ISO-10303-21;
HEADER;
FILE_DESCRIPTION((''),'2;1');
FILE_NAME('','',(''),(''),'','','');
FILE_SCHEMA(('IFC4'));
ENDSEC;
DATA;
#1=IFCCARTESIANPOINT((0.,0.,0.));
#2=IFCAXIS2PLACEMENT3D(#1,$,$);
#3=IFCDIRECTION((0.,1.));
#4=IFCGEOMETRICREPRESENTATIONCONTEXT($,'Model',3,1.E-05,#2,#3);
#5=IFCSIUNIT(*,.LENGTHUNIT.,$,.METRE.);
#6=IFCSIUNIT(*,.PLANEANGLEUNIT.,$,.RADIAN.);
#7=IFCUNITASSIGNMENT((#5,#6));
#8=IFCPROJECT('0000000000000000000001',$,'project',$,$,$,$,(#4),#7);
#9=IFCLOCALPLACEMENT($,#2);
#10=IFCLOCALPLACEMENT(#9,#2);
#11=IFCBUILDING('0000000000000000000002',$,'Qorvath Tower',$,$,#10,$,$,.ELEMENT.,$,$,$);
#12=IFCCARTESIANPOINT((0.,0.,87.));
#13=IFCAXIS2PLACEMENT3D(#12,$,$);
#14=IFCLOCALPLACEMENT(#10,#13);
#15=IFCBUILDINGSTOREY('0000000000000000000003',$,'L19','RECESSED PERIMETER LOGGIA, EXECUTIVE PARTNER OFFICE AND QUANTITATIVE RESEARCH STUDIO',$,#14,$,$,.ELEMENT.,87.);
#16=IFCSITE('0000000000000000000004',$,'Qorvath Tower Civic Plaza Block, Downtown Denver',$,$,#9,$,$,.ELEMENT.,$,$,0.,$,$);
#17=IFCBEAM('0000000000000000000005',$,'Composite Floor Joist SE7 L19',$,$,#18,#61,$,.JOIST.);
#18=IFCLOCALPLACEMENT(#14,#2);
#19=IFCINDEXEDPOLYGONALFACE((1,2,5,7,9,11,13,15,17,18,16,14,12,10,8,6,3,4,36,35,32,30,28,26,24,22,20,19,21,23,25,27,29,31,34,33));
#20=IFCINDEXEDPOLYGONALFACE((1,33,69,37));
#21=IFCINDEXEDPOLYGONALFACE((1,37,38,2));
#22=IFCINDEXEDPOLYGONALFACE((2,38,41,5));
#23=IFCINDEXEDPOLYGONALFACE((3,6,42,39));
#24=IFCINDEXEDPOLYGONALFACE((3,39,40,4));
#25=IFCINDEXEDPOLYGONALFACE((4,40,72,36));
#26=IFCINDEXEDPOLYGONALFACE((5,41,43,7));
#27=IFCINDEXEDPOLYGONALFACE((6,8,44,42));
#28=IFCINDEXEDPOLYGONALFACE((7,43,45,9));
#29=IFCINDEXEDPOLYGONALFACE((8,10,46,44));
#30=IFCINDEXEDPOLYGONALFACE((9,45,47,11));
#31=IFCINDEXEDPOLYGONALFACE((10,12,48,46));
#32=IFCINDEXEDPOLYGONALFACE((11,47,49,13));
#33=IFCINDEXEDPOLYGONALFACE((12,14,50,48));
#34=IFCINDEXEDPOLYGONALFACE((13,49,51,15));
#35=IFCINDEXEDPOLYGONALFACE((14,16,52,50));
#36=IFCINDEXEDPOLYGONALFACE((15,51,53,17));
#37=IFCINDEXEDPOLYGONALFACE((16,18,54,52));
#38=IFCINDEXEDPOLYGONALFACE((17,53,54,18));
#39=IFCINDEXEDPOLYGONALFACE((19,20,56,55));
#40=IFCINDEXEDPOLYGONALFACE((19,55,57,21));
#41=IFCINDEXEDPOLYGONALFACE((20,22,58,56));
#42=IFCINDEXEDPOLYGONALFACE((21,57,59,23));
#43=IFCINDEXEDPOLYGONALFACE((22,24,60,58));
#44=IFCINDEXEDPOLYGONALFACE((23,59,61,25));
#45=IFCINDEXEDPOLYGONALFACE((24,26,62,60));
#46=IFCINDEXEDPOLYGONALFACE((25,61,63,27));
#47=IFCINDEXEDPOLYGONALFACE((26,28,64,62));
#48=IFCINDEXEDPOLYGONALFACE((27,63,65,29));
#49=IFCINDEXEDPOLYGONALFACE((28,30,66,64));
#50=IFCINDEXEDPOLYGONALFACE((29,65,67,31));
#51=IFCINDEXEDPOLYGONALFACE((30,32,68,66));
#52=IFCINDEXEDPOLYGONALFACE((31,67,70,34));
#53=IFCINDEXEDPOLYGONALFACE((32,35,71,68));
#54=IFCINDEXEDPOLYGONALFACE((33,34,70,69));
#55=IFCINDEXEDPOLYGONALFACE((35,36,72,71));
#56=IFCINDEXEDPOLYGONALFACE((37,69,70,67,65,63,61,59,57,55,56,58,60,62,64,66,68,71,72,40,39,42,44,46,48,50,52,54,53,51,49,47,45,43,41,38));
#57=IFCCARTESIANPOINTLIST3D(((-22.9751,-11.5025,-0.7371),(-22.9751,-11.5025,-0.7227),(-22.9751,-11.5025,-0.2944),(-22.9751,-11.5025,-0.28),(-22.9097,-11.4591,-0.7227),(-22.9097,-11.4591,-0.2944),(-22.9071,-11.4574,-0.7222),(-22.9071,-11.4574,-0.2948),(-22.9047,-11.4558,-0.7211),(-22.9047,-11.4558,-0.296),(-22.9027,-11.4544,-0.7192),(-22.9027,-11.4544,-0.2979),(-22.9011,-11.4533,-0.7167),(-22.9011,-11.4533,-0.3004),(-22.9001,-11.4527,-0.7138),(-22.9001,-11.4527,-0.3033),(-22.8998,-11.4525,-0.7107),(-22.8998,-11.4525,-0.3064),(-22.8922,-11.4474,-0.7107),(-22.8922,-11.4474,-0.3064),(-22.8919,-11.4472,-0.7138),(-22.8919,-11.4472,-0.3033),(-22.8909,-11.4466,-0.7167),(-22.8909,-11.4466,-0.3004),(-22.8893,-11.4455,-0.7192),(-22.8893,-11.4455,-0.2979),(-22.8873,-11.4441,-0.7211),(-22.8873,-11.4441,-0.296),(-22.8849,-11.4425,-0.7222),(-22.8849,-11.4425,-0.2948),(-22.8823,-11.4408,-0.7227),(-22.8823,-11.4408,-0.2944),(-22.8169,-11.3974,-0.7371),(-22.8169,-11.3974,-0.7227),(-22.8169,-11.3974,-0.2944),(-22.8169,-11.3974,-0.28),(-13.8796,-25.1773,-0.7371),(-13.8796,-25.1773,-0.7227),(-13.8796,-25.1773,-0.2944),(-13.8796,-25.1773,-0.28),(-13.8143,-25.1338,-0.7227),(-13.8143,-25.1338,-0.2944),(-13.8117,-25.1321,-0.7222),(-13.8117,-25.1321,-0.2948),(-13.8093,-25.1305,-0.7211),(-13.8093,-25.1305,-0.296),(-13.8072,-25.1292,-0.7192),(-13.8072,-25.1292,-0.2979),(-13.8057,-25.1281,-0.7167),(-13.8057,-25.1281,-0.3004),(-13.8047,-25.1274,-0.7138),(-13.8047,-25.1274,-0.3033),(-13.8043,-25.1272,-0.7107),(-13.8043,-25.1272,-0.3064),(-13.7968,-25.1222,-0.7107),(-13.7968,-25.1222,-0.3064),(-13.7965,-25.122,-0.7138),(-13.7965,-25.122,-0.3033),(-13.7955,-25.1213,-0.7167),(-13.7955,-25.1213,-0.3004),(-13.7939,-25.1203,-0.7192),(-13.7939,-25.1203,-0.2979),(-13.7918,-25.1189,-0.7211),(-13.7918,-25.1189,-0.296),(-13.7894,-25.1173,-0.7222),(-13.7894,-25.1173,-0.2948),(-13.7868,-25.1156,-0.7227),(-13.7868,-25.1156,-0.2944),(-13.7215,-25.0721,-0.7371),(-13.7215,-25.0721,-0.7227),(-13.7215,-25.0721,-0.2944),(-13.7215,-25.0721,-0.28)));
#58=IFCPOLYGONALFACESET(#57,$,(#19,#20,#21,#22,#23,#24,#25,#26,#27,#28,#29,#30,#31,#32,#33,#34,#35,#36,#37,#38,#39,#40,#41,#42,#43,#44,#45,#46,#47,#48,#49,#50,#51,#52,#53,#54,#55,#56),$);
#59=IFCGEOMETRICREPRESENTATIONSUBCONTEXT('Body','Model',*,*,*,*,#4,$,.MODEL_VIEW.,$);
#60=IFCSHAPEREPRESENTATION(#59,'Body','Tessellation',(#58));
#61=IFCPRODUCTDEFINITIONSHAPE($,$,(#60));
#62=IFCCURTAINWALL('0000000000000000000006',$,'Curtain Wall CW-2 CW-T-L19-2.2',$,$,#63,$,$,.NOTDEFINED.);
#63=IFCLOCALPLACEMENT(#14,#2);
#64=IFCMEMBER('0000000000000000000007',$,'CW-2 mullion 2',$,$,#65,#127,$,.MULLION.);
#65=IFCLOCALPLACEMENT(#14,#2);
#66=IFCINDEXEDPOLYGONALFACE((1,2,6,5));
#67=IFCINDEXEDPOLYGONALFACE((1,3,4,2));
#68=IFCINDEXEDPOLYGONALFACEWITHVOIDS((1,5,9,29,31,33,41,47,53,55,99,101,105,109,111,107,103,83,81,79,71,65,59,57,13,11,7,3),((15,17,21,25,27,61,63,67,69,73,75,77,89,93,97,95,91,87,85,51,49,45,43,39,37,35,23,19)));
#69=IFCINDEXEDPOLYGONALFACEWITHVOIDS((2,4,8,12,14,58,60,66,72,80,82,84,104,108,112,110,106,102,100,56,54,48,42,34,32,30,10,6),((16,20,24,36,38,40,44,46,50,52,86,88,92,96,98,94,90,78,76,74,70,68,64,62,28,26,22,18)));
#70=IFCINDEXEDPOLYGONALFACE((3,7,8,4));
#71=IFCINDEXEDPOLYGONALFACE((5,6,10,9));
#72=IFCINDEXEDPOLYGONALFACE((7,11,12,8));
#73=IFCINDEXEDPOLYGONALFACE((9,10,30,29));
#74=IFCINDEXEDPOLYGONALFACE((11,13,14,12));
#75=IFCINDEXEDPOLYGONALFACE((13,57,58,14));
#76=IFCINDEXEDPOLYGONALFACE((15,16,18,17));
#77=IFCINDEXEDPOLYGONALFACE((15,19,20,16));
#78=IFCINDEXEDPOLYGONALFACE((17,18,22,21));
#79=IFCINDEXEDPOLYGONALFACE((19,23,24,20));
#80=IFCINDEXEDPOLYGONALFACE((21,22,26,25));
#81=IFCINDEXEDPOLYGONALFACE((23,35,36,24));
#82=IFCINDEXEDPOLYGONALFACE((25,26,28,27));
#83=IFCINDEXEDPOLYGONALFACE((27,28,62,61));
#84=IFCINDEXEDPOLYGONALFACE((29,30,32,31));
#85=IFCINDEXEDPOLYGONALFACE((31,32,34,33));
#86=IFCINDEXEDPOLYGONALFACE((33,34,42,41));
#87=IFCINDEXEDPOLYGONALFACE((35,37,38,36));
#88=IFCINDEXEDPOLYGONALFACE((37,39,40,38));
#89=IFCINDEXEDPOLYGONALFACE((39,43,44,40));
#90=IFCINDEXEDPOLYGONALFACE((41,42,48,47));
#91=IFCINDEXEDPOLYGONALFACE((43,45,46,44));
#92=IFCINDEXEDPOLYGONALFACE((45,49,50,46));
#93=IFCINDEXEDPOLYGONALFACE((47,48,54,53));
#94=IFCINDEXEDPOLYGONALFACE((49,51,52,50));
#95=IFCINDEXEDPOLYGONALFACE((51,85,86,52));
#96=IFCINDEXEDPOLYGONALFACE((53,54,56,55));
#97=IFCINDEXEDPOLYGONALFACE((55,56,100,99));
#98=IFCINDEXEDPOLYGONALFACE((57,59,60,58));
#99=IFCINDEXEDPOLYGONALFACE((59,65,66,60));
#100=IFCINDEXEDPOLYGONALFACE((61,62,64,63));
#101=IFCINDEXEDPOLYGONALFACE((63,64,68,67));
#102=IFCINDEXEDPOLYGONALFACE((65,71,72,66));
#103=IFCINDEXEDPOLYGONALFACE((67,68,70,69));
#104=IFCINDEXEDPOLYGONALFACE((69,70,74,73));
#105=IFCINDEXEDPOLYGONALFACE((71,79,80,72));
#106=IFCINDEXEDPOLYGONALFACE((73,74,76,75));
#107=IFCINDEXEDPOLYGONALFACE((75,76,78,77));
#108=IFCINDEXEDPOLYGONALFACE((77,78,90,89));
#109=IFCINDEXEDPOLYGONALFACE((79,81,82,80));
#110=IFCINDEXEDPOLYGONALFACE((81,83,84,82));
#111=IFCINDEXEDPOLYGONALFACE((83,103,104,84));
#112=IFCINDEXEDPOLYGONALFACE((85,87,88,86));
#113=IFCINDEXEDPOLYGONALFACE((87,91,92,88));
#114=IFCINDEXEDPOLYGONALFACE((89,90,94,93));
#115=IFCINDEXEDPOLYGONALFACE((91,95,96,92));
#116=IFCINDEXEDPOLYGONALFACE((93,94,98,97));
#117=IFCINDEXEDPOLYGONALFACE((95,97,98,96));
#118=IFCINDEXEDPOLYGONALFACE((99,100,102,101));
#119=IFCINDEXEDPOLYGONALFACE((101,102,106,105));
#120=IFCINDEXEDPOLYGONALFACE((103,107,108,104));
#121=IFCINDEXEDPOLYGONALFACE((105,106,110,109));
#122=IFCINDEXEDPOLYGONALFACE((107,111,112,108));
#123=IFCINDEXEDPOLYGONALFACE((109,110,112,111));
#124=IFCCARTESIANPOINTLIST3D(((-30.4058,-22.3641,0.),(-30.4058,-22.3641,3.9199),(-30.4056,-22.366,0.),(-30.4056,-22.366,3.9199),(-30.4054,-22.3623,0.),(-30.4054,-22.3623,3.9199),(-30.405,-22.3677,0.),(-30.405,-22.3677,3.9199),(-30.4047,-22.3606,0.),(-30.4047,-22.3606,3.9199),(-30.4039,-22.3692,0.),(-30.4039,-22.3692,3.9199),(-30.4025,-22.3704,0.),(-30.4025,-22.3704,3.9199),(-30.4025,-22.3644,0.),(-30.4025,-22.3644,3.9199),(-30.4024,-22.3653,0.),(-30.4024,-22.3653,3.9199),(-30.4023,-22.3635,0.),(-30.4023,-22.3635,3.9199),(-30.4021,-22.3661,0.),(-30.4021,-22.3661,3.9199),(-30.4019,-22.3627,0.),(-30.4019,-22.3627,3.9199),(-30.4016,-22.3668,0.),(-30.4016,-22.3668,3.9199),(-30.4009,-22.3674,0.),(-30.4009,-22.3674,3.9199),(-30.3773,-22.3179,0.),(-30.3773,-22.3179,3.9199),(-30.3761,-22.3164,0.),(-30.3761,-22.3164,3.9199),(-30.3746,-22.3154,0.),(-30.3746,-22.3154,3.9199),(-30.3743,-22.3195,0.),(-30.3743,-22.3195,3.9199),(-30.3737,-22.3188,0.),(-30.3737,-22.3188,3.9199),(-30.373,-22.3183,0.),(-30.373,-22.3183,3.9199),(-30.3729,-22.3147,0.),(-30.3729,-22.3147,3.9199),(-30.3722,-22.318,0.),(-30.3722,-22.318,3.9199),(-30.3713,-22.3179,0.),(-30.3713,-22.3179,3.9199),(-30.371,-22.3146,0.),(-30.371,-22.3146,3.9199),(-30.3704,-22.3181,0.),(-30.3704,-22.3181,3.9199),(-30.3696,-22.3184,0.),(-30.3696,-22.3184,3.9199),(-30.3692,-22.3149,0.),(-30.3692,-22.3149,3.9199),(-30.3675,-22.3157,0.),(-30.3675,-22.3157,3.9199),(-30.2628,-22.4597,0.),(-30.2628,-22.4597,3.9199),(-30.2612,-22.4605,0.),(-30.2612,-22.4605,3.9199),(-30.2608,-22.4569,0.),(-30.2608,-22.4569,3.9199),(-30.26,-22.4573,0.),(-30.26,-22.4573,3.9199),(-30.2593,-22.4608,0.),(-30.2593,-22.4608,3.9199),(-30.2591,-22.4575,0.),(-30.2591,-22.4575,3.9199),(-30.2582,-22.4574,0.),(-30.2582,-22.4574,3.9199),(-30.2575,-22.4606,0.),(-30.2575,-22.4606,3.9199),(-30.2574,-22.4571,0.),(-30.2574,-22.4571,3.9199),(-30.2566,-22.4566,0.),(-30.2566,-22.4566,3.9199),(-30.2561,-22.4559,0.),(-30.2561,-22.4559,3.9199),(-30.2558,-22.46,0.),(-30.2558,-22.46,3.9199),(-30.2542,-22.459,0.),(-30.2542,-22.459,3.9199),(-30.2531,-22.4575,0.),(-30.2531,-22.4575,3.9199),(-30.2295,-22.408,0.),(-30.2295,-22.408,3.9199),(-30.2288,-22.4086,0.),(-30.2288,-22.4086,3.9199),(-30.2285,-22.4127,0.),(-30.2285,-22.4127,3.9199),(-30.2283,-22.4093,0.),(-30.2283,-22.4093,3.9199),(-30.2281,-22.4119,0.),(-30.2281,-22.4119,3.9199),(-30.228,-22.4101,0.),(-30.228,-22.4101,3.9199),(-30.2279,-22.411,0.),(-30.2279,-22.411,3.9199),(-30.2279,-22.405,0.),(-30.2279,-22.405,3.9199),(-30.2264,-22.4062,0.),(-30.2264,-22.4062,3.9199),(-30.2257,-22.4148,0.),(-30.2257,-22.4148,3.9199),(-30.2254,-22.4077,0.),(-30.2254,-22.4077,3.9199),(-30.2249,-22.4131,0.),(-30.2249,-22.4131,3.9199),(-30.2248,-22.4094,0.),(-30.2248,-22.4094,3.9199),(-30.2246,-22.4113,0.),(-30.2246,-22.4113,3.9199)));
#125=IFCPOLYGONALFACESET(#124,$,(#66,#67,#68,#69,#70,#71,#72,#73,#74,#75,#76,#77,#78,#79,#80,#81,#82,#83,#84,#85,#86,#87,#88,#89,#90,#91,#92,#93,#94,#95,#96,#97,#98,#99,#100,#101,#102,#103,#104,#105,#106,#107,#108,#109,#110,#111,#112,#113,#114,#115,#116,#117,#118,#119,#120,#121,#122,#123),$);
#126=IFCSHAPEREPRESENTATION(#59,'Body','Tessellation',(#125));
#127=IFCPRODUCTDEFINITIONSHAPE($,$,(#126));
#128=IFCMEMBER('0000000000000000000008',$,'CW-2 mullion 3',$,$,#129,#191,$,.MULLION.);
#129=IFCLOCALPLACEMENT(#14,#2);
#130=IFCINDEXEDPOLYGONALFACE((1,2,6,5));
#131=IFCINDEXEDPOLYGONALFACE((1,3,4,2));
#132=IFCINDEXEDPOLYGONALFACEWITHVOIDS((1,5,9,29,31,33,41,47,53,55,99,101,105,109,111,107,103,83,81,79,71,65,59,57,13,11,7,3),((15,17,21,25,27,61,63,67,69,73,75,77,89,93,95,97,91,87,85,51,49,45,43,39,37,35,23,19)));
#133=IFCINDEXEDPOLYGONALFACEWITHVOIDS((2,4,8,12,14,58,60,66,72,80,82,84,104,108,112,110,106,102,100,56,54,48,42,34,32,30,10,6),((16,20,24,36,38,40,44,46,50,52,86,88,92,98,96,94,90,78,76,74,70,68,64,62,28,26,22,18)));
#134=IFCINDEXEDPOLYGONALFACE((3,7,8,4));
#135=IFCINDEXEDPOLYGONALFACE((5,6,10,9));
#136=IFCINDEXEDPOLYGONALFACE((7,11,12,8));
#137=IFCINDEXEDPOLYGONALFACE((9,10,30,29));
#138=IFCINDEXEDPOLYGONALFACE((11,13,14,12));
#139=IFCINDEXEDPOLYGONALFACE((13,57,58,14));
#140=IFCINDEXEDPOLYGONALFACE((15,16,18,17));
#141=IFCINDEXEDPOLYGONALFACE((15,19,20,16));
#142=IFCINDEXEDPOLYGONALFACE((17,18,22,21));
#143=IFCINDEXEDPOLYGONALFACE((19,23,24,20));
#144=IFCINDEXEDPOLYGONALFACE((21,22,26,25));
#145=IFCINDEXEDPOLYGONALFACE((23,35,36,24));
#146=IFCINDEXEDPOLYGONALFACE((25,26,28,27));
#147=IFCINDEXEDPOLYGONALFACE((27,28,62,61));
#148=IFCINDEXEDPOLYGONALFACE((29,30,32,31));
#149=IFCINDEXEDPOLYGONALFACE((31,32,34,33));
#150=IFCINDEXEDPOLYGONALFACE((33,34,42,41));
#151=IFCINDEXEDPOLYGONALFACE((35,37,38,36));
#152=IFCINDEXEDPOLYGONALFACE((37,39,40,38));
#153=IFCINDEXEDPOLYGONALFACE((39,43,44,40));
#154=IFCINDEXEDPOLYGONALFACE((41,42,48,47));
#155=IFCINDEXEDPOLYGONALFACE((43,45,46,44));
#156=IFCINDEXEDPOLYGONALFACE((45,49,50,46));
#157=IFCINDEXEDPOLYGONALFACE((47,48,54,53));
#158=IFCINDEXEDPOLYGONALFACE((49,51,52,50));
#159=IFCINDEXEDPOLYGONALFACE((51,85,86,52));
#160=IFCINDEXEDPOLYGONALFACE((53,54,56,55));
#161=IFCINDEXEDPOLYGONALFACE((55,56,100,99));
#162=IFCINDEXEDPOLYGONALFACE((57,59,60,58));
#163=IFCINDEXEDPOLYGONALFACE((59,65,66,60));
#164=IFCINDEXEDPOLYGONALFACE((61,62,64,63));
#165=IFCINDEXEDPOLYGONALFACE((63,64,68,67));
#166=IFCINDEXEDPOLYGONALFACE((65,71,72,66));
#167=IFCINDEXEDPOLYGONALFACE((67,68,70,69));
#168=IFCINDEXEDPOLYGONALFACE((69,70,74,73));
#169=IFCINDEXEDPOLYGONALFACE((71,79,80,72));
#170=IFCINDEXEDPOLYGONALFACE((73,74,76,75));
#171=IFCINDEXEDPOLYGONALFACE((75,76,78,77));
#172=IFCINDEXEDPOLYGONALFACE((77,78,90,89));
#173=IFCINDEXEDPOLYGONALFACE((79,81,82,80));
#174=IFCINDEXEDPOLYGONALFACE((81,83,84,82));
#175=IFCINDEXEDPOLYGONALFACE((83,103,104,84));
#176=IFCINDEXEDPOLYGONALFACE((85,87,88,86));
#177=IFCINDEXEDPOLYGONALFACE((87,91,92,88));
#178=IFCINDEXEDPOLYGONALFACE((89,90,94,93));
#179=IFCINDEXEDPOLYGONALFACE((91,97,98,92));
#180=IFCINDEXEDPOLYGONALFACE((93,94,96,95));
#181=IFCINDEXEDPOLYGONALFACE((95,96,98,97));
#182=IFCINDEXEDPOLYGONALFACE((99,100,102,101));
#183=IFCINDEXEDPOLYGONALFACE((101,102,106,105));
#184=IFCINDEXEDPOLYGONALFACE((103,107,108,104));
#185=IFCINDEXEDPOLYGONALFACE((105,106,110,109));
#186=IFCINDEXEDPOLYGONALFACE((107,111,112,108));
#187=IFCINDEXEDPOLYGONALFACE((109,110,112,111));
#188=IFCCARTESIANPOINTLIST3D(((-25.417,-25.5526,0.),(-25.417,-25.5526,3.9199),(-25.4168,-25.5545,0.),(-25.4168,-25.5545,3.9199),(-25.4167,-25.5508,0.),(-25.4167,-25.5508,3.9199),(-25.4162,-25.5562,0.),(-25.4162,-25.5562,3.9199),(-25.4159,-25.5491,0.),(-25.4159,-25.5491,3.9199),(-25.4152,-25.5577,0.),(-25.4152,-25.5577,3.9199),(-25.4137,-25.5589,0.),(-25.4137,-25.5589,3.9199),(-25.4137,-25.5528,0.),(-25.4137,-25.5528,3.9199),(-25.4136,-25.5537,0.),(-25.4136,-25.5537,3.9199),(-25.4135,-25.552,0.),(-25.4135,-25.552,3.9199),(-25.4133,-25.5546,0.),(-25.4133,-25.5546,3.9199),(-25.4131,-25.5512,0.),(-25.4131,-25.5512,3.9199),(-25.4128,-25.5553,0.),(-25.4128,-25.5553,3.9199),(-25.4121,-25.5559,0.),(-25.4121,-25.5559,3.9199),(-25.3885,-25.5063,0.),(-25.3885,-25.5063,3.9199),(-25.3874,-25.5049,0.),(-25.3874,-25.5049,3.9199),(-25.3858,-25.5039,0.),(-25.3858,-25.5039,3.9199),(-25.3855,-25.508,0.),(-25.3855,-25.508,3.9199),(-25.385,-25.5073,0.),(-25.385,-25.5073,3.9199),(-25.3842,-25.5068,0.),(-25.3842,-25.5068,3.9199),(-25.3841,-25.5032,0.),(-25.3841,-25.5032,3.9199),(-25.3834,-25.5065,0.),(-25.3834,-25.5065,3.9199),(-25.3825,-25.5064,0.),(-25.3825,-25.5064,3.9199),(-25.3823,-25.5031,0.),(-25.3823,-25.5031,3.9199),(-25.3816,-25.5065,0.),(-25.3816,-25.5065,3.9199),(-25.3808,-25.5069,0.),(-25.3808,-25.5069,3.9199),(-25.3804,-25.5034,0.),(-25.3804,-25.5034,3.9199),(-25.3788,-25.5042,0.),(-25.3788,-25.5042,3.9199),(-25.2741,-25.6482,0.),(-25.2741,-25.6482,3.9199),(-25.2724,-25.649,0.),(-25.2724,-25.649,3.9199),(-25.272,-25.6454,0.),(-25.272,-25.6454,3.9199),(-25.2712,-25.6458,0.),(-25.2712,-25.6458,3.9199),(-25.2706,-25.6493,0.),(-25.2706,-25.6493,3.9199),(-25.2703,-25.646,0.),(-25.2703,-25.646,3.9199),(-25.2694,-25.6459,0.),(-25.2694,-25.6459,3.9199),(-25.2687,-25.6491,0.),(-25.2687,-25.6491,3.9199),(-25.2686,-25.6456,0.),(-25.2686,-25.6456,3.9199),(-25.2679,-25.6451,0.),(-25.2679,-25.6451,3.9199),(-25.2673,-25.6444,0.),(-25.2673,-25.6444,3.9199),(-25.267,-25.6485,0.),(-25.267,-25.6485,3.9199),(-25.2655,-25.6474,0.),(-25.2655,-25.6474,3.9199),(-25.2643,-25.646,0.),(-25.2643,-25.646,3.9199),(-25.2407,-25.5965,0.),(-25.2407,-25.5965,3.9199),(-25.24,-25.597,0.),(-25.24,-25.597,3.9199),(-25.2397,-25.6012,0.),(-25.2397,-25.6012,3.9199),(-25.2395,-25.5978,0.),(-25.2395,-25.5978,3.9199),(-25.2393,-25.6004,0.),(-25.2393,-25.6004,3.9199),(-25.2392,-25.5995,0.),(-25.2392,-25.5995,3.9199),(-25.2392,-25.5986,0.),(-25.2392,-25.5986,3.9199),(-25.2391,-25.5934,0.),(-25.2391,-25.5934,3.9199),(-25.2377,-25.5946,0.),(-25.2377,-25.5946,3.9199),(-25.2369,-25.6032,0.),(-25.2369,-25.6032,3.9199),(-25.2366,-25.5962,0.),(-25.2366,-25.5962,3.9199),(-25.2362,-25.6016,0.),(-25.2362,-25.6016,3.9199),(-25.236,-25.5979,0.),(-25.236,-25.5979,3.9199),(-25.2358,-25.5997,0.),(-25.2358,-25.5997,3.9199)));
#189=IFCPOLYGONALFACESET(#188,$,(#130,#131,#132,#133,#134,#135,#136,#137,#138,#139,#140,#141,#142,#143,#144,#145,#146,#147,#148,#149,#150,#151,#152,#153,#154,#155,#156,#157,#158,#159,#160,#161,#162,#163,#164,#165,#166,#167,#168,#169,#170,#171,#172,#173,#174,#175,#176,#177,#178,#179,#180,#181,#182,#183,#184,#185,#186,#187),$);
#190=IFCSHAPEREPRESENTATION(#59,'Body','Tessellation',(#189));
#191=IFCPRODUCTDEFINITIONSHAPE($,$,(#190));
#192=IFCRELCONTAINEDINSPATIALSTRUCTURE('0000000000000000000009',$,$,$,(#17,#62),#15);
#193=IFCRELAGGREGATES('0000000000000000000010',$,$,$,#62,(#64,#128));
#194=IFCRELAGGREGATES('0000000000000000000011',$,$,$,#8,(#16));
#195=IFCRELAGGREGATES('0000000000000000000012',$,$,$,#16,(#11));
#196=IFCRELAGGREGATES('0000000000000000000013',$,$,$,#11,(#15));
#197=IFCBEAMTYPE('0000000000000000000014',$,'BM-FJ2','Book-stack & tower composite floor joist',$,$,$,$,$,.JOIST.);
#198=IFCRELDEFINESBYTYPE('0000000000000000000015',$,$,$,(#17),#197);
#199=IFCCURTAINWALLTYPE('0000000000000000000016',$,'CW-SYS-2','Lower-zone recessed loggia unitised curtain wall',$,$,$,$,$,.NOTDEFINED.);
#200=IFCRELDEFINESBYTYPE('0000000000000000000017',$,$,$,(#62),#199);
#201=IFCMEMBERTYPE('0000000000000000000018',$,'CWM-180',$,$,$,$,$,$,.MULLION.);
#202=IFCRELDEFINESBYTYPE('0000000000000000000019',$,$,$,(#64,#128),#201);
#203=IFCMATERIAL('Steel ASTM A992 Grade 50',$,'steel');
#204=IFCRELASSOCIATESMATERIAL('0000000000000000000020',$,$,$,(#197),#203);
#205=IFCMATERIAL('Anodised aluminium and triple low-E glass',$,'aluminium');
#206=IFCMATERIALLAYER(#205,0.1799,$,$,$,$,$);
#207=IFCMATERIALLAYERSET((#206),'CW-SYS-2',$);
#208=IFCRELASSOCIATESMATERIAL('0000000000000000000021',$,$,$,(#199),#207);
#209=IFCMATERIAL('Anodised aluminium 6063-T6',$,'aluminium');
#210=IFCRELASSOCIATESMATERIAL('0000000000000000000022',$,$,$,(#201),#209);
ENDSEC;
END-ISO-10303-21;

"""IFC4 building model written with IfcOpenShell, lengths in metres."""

from ifc_helpers import new_model, si_unit, direction, frame, origin, origin_2d, place, context, subcontext, project, spatial, hollow_rectangle, i_section, extrude, material, layer, layer_set, material_profile, profile_set, type_object, element, aggregate, save


model = new_model("IFC4")

# Units and contexts
model_context = context("Model", 3, precision=1e-05, world=origin(), true_north=direction((0.0, 1.0)))
body_context = subcontext(model_context, "Body", "Model", "MODEL_VIEW")
ifc_project = project(units=[si_unit("LENGTHUNIT", "METRE"), si_unit("PLANEANGLEUNIT", "RADIAN")], contexts=[model_context])

# Site, building, storey
site_placement = place(None, origin())
site = spatial("IfcSite", under=ifc_project, at=site_placement, Name="Qorvath Tower Civic Plaza Block, Downtown Denver", CompositionType="ELEMENT", RefElevation=0.0)
building_placement = place(site_placement, origin())
building = spatial("IfcBuilding", under=site, at=building_placement, Name="Qorvath Tower", CompositionType="ELEMENT")
storey_placement = place(building_placement, frame((0.0, 0.0, 87.0)))
storey = spatial("IfcBuildingStorey", under=building, at=storey_placement, Name="L19", Description="RECESSED PERIMETER LOGGIA, EXECUTIVE PARTNER OFFICE AND QUANTITATIVE RESEARCH STUDIO", CompositionType="ELEMENT", Elevation=87.0)

# Beam
ifc_material_1 = material(Name="Steel ASTM A992 Grade 50", Category="steel")
ifc_material_profile_1 = material_profile(ifc_material_1, i_section(OverallWidth=0.1899, OverallDepth=0.457, WebThickness=0.009, FlangeThickness=0.0144, FilletRadius=0.012, at=origin_2d()), Name="W18x50")
ifc_profile_set_1 = profile_set([ifc_material_profile_1], Name="Steel ASTM A992 Grade 50")
beam_type_1 = type_object("IfcBeamType", Name="BM-FJ2", Description="Book-stack & tower composite floor joist", PredefinedType="JOIST", material=ifc_profile_set_1)
beam_1_placement = place(storey_placement, frame((-22.896, -11.45, -0.5085), z_axis=(0.553811, -0.832642, 0.0), x_axis=(0.832642, 0.553811, 0.0)))
element("IfcBeam", 1, at=beam_1_placement, inside=storey, type_object=beam_type_1, Name="Composite Floor Joist SE7 L19", PredefinedType="JOIST", context=body_context, shape_type="SweptSolid", body=[
    extrude(i_section(OverallWidth=0.1899, OverallDepth=0.457, WebThickness=0.009, FlangeThickness=0.0144, FilletRadius=0.012, at=origin_2d()), origin(), (0.0, 0.0, 1.0), 16.4233),
])

# Curtain wall, members
ifc_material_2 = material(Name="Anodised aluminium and triple low-E glass", Category="aluminium")
ifc_layer_1 = layer(ifc_material_2, 0.1799)
ifc_layer_set_1 = layer_set([ifc_layer_1], Name="CW-SYS-2")
curtain_wall_type = type_object("IfcCurtainWallType", Name="CW-SYS-2", Description="Lower-zone recessed loggia unitised curtain wall", PredefinedType="NOTDEFINED", material=ifc_layer_set_1)
curtain_wall_placement = place(storey_placement, origin())
curtain_wall = element("IfcCurtainWall", 2, at=curtain_wall_placement, inside=storey, type_object=curtain_wall_type, Name="Curtain Wall CW-2 CW-T-L19-2.2", PredefinedType="NOTDEFINED")
ifc_material_3 = material(Name="Anodised aluminium 6063-T6", Category="aluminium")
ifc_material_profile_2 = material_profile(ifc_material_3, hollow_rectangle(XDim=0.0649, YDim=0.1799, WallThickness=0.0034, InnerFilletRadius=0.0034, OuterFilletRadius=0.0071, at=origin_2d()), Name="CWM 180x65")
ifc_profile_set_2 = profile_set([ifc_material_profile_2], Name="Anodised aluminium 6063-T6")
member_type_1 = type_object("IfcMemberType", Name="CWM-180", PredefinedType="MULLION", material=ifc_profile_set_2)
member_1_placement = place(storey_placement, frame((-30.3152, -22.3877, 0.0), z_axis=(0.0, 0.0, 1.0), x_axis=(0.538533, 0.842604, 0.0)))
member_1 = element("IfcMember", 3, at=member_1_placement, type_object=member_type_1, Name="CW-2 mullion 2", PredefinedType="MULLION", context=body_context, shape_type="SweptSolid", body=[
    extrude(hollow_rectangle(XDim=0.0649, YDim=0.1799, WallThickness=0.0034, InnerFilletRadius=0.0034, OuterFilletRadius=0.0071, at=origin_2d()), origin(), (0.0, 0.0, 1.0), 3.9199),
])
member_2_placement = place(storey_placement, frame((-25.3264, -25.5762, 0.0), z_axis=(0.0, 0.0, 1.0), x_axis=(0.538533, 0.842604, 0.0)))
member_2 = element("IfcMember", 4, at=member_2_placement, type_object=member_type_1, Name="CW-2 mullion 3", PredefinedType="MULLION", context=body_context, shape_type="SweptSolid", body=[
    extrude(hollow_rectangle(XDim=0.0649, YDim=0.1799, WallThickness=0.0034, InnerFilletRadius=0.0034, OuterFilletRadius=0.0071, at=origin_2d()), origin(), (0.0, 0.0, 1.0), 3.9199),
])
aggregate(curtain_wall, [member_1, member_2])

save(model, "model.ifc")
